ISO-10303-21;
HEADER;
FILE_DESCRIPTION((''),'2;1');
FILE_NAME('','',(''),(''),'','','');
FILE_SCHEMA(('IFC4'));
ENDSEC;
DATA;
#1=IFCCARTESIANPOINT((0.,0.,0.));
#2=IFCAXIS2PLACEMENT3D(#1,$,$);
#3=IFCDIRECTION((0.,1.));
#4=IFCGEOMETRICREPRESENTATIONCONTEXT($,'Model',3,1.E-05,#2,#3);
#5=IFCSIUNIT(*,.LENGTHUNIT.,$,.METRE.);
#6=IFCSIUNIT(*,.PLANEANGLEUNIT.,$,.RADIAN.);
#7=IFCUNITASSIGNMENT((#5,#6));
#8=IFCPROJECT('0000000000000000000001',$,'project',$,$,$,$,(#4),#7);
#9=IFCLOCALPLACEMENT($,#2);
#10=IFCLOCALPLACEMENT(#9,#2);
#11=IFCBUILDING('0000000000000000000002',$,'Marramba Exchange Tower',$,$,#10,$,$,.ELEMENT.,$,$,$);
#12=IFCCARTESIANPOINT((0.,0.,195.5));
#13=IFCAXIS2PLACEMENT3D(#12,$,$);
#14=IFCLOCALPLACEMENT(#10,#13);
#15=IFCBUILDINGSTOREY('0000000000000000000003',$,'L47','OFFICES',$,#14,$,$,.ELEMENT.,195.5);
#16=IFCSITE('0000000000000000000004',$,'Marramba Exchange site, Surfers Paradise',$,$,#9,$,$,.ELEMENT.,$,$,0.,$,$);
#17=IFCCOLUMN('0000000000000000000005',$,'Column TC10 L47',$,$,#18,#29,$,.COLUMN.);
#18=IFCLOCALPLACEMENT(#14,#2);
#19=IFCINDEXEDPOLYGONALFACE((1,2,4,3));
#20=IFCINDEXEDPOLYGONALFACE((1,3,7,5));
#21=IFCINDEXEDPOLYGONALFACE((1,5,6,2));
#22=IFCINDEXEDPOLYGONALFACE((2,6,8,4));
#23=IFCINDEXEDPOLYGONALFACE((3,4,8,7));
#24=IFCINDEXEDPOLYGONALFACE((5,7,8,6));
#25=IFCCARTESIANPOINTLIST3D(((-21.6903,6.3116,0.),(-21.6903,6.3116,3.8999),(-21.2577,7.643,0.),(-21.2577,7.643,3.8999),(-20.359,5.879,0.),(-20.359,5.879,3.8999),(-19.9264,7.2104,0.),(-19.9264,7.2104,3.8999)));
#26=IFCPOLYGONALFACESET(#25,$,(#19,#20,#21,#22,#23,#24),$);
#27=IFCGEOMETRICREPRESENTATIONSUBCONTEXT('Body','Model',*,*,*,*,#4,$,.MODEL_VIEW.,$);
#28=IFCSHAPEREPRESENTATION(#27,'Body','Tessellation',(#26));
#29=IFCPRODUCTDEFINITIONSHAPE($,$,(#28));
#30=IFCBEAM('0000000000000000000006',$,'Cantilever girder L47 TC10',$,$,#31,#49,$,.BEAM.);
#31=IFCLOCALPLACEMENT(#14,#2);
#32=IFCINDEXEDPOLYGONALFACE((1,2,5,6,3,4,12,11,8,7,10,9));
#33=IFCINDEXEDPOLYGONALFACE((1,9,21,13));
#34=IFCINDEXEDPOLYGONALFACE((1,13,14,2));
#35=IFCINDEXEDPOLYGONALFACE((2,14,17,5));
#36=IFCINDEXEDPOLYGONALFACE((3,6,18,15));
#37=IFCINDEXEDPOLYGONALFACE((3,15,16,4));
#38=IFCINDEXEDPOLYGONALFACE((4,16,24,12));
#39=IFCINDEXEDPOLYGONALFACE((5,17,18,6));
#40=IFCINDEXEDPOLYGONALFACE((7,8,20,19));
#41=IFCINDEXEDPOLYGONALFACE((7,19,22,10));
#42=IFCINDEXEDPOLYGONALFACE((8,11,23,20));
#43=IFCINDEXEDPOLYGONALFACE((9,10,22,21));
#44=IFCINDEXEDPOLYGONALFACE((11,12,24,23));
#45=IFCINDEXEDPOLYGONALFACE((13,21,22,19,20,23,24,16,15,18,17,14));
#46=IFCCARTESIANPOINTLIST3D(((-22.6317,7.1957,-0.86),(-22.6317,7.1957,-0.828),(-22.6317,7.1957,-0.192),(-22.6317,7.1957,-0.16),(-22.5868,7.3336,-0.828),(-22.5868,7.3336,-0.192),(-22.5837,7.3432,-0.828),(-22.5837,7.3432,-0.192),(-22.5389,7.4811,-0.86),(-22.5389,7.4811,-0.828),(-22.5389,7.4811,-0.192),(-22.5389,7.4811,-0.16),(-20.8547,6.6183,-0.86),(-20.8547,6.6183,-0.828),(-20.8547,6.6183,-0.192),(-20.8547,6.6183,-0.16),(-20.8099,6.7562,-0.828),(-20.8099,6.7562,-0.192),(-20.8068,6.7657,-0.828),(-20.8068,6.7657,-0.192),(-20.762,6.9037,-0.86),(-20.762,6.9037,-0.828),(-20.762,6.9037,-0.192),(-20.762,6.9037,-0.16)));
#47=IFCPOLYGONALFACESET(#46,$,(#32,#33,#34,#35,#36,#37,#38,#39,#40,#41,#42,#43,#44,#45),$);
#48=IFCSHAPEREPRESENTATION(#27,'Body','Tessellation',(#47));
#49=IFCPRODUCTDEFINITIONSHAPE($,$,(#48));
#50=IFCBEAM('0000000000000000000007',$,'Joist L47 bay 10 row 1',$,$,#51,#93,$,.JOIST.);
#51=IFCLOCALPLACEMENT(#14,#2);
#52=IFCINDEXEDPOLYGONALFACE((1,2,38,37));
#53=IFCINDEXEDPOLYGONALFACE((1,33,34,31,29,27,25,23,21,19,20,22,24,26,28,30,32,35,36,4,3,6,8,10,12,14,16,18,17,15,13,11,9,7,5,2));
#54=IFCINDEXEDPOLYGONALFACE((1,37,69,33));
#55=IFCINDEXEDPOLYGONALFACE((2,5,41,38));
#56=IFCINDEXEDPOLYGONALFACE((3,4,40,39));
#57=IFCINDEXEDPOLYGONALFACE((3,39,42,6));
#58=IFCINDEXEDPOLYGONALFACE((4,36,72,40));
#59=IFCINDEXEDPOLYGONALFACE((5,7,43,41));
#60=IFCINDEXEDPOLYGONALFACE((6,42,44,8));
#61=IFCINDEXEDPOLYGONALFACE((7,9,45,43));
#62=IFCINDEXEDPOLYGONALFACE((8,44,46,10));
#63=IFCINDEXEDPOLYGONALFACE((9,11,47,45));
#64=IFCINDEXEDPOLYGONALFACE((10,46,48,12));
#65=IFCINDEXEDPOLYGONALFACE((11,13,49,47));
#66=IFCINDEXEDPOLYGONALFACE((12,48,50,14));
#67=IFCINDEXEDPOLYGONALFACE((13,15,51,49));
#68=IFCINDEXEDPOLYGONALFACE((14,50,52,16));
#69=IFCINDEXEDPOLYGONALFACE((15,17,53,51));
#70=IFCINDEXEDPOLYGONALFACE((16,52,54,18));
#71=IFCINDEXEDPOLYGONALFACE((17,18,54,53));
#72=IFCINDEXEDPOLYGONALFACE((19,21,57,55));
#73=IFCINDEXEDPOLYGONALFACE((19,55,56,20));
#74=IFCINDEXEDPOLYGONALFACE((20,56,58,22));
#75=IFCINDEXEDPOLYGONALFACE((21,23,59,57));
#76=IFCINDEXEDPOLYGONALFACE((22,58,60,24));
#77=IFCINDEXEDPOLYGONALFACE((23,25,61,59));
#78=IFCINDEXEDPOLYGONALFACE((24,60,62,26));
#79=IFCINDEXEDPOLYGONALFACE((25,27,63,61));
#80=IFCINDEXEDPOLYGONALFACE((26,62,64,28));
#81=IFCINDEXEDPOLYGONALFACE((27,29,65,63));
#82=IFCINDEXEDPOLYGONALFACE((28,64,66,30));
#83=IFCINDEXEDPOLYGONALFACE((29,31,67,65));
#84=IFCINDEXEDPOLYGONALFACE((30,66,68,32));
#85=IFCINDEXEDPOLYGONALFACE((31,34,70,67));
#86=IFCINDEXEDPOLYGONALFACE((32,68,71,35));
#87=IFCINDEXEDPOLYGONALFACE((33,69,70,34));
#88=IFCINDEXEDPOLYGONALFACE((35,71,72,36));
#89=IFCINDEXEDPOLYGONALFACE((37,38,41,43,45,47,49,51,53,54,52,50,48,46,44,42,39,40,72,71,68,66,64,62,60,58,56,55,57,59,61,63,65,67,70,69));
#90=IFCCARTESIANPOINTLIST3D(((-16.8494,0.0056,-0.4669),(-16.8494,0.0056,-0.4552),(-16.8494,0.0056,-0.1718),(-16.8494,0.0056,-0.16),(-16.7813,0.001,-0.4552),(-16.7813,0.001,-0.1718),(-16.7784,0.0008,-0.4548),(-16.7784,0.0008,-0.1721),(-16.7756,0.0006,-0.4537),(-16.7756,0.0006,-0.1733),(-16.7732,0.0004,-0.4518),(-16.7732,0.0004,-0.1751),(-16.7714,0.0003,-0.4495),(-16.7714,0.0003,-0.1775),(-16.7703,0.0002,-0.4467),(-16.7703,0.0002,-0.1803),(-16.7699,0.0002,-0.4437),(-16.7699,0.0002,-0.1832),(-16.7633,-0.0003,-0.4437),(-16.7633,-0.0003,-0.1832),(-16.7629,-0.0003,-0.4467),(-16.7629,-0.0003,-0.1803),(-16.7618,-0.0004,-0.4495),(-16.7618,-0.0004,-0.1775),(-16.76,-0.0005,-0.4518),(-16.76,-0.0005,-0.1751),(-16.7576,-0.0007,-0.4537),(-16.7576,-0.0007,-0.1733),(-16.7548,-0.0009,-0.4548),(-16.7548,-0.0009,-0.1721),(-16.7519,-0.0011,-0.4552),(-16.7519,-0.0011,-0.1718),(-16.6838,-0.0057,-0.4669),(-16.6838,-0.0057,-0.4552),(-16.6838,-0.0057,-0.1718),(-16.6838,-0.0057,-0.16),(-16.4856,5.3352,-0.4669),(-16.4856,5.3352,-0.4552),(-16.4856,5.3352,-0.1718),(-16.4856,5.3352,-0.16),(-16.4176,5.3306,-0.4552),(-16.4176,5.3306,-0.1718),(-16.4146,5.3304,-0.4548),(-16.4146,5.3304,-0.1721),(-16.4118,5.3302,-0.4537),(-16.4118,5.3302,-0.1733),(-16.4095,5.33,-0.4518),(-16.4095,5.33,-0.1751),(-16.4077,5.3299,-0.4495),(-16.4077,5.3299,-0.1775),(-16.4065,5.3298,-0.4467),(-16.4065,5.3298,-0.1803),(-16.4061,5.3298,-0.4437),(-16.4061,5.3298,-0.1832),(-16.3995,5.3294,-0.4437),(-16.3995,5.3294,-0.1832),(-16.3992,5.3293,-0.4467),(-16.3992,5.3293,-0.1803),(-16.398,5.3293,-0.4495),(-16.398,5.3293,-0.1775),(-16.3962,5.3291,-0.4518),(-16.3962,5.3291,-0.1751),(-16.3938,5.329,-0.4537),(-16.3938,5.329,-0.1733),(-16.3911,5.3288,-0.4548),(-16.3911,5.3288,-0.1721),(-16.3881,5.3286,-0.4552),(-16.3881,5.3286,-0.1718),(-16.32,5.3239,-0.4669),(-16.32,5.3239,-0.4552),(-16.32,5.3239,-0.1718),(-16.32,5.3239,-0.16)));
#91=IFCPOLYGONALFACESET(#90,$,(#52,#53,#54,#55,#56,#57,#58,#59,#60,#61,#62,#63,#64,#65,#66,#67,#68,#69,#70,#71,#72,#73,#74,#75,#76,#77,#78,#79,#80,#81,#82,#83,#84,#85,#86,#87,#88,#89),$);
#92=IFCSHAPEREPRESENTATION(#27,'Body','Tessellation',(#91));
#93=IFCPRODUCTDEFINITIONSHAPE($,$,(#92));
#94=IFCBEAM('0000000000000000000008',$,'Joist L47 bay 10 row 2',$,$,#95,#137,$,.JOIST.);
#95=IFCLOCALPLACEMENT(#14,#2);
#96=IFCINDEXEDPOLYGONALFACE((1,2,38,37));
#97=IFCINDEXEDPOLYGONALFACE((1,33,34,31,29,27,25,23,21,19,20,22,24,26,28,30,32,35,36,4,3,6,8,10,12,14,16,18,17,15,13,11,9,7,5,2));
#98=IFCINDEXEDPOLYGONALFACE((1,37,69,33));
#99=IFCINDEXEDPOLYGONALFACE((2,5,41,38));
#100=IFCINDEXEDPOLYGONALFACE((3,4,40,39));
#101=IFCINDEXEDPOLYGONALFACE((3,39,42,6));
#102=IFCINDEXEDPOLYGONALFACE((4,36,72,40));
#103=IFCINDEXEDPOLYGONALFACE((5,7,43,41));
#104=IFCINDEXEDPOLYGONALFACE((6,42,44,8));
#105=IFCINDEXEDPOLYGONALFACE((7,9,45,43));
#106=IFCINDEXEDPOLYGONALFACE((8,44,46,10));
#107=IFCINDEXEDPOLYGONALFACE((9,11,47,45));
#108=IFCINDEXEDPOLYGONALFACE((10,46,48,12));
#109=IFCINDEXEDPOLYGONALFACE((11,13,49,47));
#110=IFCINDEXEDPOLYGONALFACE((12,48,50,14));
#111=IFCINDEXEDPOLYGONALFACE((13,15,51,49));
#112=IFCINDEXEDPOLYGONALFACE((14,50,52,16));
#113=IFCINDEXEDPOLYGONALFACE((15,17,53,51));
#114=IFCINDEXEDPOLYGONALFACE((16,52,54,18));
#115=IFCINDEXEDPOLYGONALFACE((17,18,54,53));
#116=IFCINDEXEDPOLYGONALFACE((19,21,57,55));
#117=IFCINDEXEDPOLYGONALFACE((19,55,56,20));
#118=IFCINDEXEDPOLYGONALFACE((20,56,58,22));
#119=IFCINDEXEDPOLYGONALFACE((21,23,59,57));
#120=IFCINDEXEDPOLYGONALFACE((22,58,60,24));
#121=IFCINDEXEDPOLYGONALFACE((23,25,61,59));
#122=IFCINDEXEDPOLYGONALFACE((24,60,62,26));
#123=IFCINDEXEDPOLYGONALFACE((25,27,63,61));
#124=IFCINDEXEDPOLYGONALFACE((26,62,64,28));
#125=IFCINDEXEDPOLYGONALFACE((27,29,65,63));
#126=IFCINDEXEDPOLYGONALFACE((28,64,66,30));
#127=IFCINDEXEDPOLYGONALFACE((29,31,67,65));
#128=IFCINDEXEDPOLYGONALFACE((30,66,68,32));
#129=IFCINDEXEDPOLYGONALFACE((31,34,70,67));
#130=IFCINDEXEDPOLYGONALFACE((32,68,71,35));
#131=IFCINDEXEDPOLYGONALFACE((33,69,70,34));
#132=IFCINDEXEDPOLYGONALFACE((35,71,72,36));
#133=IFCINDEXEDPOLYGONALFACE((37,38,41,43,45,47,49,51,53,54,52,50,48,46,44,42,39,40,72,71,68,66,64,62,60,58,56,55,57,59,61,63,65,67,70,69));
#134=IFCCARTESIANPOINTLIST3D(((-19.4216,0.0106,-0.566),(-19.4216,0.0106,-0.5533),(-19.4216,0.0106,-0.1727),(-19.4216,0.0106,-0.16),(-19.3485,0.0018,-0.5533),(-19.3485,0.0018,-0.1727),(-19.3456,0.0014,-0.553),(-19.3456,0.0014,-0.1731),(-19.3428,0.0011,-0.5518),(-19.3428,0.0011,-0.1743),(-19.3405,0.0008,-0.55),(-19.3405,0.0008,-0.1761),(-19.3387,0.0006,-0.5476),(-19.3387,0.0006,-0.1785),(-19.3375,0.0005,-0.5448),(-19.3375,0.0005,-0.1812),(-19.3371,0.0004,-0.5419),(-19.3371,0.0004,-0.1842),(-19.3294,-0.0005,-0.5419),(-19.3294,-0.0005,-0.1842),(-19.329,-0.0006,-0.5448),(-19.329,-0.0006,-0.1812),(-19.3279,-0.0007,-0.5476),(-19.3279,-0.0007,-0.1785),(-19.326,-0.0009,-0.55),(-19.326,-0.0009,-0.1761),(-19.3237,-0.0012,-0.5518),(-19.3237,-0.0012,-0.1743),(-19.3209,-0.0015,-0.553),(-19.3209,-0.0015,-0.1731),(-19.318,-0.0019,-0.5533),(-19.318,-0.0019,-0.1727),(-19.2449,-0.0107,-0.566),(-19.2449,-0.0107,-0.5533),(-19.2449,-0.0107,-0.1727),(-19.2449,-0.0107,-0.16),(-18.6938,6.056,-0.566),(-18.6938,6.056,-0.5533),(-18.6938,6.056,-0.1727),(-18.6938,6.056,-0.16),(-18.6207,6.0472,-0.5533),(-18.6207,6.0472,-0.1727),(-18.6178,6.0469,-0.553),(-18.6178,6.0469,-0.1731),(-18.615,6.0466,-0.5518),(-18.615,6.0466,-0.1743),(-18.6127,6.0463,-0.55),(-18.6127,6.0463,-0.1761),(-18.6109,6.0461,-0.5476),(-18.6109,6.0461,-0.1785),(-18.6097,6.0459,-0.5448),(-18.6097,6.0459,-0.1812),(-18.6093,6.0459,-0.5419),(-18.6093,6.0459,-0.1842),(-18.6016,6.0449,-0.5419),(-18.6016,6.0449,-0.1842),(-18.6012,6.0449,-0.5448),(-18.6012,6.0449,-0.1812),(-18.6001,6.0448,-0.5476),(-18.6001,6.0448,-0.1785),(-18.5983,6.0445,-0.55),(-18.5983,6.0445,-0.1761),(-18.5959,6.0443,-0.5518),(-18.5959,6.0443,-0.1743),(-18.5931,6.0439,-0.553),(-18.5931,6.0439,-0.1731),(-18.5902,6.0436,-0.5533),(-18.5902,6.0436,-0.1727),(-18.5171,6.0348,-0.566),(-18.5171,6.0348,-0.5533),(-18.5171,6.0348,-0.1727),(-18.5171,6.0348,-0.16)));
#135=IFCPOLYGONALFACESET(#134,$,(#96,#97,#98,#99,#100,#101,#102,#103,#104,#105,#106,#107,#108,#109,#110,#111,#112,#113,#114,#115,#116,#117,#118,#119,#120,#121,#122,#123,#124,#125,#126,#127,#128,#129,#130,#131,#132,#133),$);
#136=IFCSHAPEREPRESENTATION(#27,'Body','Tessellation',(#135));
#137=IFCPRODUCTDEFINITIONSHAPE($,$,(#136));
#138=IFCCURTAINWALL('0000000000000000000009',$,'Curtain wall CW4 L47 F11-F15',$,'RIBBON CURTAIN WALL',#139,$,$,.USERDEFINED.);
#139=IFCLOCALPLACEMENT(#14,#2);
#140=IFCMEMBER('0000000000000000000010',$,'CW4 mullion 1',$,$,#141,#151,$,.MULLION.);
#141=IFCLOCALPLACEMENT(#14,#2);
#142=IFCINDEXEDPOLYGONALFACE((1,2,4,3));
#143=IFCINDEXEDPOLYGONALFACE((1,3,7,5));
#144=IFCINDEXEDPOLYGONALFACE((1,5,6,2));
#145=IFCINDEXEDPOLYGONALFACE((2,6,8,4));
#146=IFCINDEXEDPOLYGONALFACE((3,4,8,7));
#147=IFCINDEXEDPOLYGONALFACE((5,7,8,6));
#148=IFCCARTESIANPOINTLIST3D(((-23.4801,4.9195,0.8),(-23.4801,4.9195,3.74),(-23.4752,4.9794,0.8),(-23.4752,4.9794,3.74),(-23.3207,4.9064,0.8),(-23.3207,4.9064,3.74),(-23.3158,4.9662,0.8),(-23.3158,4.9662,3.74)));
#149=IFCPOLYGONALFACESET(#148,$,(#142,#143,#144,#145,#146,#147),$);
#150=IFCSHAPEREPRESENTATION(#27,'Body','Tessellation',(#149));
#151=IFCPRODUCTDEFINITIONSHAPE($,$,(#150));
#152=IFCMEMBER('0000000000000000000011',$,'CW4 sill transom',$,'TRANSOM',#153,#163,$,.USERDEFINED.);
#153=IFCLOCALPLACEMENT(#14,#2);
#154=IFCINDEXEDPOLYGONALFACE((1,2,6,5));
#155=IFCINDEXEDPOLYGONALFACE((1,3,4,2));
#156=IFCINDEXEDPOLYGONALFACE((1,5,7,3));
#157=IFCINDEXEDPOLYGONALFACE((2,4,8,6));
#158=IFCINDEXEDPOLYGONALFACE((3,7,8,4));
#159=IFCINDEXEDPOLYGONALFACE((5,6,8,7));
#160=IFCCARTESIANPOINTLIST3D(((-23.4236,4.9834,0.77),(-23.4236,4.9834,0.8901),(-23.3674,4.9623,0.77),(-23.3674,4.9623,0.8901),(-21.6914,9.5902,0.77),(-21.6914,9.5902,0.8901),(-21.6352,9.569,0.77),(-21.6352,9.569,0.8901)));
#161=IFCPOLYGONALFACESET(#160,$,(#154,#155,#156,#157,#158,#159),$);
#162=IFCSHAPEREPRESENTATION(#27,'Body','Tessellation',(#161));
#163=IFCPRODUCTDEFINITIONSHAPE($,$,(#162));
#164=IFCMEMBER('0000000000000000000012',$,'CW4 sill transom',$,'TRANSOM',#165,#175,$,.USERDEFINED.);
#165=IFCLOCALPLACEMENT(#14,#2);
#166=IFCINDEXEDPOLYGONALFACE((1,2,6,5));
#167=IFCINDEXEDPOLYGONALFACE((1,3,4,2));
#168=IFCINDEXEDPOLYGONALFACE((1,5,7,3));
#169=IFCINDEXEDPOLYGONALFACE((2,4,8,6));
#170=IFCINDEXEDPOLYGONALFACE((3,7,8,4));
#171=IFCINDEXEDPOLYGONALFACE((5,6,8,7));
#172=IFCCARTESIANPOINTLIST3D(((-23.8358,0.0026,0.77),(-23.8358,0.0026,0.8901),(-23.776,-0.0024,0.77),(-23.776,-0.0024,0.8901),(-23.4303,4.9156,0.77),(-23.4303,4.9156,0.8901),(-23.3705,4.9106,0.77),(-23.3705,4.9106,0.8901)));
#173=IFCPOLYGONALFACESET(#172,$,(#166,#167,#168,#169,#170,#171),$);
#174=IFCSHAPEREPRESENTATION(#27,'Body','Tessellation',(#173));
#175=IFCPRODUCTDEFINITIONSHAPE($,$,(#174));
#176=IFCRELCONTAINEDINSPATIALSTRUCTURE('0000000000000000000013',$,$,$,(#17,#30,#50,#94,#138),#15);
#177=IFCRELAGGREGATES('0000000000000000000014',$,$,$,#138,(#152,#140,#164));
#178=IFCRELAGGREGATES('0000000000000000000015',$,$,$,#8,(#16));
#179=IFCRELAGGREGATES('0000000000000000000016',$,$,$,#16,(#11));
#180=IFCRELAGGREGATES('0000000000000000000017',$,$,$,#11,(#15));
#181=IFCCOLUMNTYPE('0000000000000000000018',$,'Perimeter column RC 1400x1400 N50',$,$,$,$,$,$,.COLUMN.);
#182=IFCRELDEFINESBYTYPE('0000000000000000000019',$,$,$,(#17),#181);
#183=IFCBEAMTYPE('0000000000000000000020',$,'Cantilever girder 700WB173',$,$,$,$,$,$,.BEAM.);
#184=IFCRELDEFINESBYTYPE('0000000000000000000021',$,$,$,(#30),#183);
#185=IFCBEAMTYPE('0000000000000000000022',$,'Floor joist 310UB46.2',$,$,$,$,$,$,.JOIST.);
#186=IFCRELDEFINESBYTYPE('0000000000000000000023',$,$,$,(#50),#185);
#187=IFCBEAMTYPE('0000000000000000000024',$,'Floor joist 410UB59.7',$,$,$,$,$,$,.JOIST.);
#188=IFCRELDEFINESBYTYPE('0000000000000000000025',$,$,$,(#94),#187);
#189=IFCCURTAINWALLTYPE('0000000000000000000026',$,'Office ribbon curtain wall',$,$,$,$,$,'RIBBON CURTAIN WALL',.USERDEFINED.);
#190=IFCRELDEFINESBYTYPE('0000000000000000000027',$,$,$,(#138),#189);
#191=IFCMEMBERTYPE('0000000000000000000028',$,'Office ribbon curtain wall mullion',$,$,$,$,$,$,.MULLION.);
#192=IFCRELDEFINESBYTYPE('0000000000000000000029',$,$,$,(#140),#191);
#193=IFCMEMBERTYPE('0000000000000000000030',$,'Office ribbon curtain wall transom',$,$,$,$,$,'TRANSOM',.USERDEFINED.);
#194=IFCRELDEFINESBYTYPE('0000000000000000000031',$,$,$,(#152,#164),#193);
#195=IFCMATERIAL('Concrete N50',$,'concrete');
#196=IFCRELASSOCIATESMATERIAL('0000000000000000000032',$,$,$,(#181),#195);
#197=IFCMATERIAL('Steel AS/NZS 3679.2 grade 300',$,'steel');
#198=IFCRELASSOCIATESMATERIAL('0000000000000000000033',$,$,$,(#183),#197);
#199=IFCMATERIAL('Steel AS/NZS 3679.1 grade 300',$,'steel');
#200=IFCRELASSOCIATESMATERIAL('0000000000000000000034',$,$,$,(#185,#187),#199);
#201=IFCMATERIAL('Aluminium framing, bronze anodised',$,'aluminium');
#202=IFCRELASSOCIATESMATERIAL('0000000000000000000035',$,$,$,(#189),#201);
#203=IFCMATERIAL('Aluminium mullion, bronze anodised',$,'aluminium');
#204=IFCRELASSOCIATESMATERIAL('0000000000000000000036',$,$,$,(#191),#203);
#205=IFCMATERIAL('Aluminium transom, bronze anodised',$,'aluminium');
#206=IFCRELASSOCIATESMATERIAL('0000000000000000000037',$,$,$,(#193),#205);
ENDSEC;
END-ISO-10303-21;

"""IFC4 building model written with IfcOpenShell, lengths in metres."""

from ifc_helpers import new_model, si_unit, direction, frame, origin, origin_2d, place, context, subcontext, project, spatial, rectangle, i_section, extrude, material, material_profile, profile_set, type_object, element, aggregate, save


model = new_model("IFC4")

# Units and contexts
model_context = context("Model", 3, precision=1e-05, world=origin(), true_north=direction((0.0, 1.0)))
body_context = subcontext(model_context, "Body", "Model", "MODEL_VIEW")
ifc_project = project(units=[si_unit("LENGTHUNIT", "METRE"), si_unit("PLANEANGLEUNIT", "RADIAN")], contexts=[model_context])

# Site, building, storey
site_placement = place(None, origin())
site = spatial("IfcSite", under=ifc_project, at=site_placement, Name="Marramba Exchange site, Surfers Paradise", CompositionType="ELEMENT", RefElevation=0.0)
building_placement = place(site_placement, origin())
building = spatial("IfcBuilding", under=site, at=building_placement, Name="Marramba Exchange Tower", CompositionType="ELEMENT")
storey_placement = place(building_placement, frame((0.0, 0.0, 195.5)))
storey = spatial("IfcBuildingStorey", under=building, at=storey_placement, Name="L47", Description="OFFICES", CompositionType="ELEMENT", Elevation=195.5)

# Column
ifc_material_1 = material(Name="Concrete N50", Category="concrete")
ifc_material_profile_1 = material_profile(ifc_material_1, rectangle(XDim=1.3999, YDim=1.3999, at=origin_2d()), Name="RC 1400x1400")
ifc_profile_set_1 = profile_set([ifc_material_profile_1], Name="Concrete N50")
column_type = type_object("IfcColumnType", Name="Perimeter column RC 1400x1400 N50", PredefinedType="COLUMN", material=ifc_profile_set_1)
column_placement = place(storey_placement, frame((-20.8083, 6.761, 0.0), z_axis=(0.0, 0.0, 1.0), x_axis=(-0.951057, 0.309017, 0.0)))
element("IfcColumn", 1, at=column_placement, inside=storey, type_object=column_type, Name="Column TC10 L47", PredefinedType="COLUMN", context=body_context, shape_type="SweptSolid", body=[
    extrude(rectangle(XDim=1.3999, YDim=1.3999, at=origin_2d()), origin(), (0.0, 0.0, 1.0), 3.8999),
])

# Beams
ifc_material_2 = material(Name="Steel AS/NZS 3679.2 grade 300", Category="steel")
ifc_material_profile_2 = material_profile(ifc_material_2, i_section(OverallWidth=0.3, OverallDepth=0.7, WebThickness=0.01, FlangeThickness=0.032, at=origin_2d()), Name="700WB173")
ifc_profile_set_2 = profile_set([ifc_material_profile_2], Name="Steel AS/NZS 3679.2 grade 300")
beam_type_1 = type_object("IfcBeamType", Name="Cantilever girder 700WB173", PredefinedType="BEAM", material=ifc_profile_set_2)
beam_1_placement = place(storey_placement, frame((-20.8083, 6.761, -0.51), z_axis=(-0.951048, 0.309045, 0.0), x_axis=(-0.309045, -0.951048, 0.0)))
element("IfcBeam", 2, at=beam_1_placement, inside=storey, type_object=beam_type_1, Name="Cantilever girder L47 TC10", PredefinedType="BEAM", context=body_context, shape_type="SweptSolid", body=[
    extrude(i_section(OverallWidth=0.3, OverallDepth=0.7, WebThickness=0.01, FlangeThickness=0.032, at=origin_2d()), origin(), (0.0, 0.0, 1.0), 1.8684),
])
ifc_material_3 = material(Name="Steel AS/NZS 3679.1 grade 300", Category="steel")
ifc_material_profile_3 = material_profile(ifc_material_3, i_section(OverallWidth=0.166, OverallDepth=0.3069, WebThickness=0.0066, FlangeThickness=0.0117, FilletRadius=0.0115, at=origin_2d()), Name="310UB46.2")
ifc_profile_set_3 = profile_set([ifc_material_profile_3], Name="Steel AS/NZS 3679.1 grade 300")
beam_type_2 = type_object("IfcBeamType", Name="Floor joist 310UB46.2", PredefinedType="JOIST", material=ifc_profile_set_3)
beam_2_placement = place(storey_placement, frame((-16.4028, 5.3296, -0.3135), z_axis=(-0.068096, -0.997679, 0.0), x_axis=(0.997679, -0.068096, 0.0)))
element("IfcBeam", 3, at=beam_2_placement, inside=storey, type_object=beam_type_2, Name="Joist L47 bay 10 row 1", PredefinedType="JOIST", context=body_context, shape_type="SweptSolid", body=[
    extrude(i_section(OverallWidth=0.166, OverallDepth=0.3069, WebThickness=0.0066, FlangeThickness=0.0117, FilletRadius=0.0115, at=origin_2d()), origin(), (0.0, 0.0, 1.0), 5.342),
])
ifc_material_profile_4 = material_profile(ifc_material_3, i_section(OverallWidth=0.178, OverallDepth=0.406, WebThickness=0.0078, FlangeThickness=0.0127, FilletRadius=0.0115, at=origin_2d()), Name="410UB59.7")
ifc_profile_set_4 = profile_set([ifc_material_profile_4], Name="Steel AS/NZS 3679.1 grade 300")
beam_type_3 = type_object("IfcBeamType", Name="Floor joist 410UB59.7", PredefinedType="JOIST", material=ifc_profile_set_4)
beam_3_placement = place(storey_placement, frame((-18.6055, 6.0454, -0.363), z_axis=(-0.119523, -0.992831, 0.0), x_axis=(0.992831, -0.119523, 0.0)))
element("IfcBeam", 4, at=beam_3_placement, inside=storey, type_object=beam_type_3, Name="Joist L47 bay 10 row 2", PredefinedType="JOIST", context=body_context, shape_type="SweptSolid", body=[
    extrude(i_section(OverallWidth=0.178, OverallDepth=0.406, WebThickness=0.0078, FlangeThickness=0.0127, FilletRadius=0.0115, at=origin_2d()), origin(), (0.0, 0.0, 1.0), 6.0891),
])

# Curtain wall, members
ifc_material_4 = material(Name="Aluminium framing, bronze anodised", Category="aluminium")
curtain_wall_type = type_object("IfcCurtainWallType", Name="Office ribbon curtain wall", ElementType="RIBBON CURTAIN WALL", PredefinedType="USERDEFINED", material=ifc_material_4)
curtain_wall_placement = place(storey_placement, origin())
curtain_wall = element("IfcCurtainWall", 5, at=curtain_wall_placement, inside=storey, type_object=curtain_wall_type, Name="Curtain wall CW4 L47 F11-F15", ObjectType="RIBBON CURTAIN WALL", PredefinedType="USERDEFINED")
ifc_material_5 = material(Name="Aluminium mullion, bronze anodised", Category="aluminium")
ifc_material_profile_5 = material_profile(ifc_material_5, rectangle(XDim=0.1599, YDim=0.0601, at=origin_2d()), Name="CW4 mullion 60x160")
ifc_profile_set_5 = profile_set([ifc_material_profile_5], Name="Aluminium mullion, bronze anodised")
member_type_1 = type_object("IfcMemberType", Name="Office ribbon curtain wall mullion", PredefinedType="MULLION", material=ifc_profile_set_5)
member_1_placement = place(storey_placement, frame((-23.3979, 4.9429, 0.8), z_axis=(0.0, 0.0, 1.0), x_axis=(0.996609, -0.082281, 0.0)))
member_1 = element("IfcMember", 6, at=member_1_placement, type_object=member_type_1, Name="CW4 mullion 1", PredefinedType="MULLION", context=body_context, shape_type="SweptSolid", body=[
    extrude(rectangle(XDim=0.1599, YDim=0.0601, at=origin_2d()), origin(), (0.0, 0.0, 1.0), 2.9399),
])
ifc_material_6 = material(Name="Aluminium transom, bronze anodised", Category="aluminium")
ifc_material_profile_6 = material_profile(ifc_material_6, rectangle(XDim=0.0601, YDim=0.1201, at=origin_2d()), Name="CW4 transom 60x120")
ifc_profile_set_6 = profile_set([ifc_material_profile_6], Name="Aluminium transom, bronze anodised")
member_type_2 = type_object("IfcMemberType", Name="Office ribbon curtain wall transom", ElementType="TRANSOM", PredefinedType="USERDEFINED", material=ifc_profile_set_6)
member_2_placement = place(storey_placement, frame((-21.6633, 9.5796, 0.8301), z_axis=(-0.351955, -0.936017, 0.0), x_axis=(0.936017, -0.351955, 0.0)))
member_2 = element("IfcMember", 7, at=member_2_placement, type_object=member_type_2, Name="CW4 sill transom", ObjectType="TRANSOM", PredefinedType="USERDEFINED", context=body_context, shape_type="SweptSolid", body=[
    extrude(rectangle(XDim=0.0601, YDim=0.1201, at=origin_2d()), origin(), (0.0, 0.0, 1.0), 4.9216),
])
member_3_placement = place(storey_placement, frame((-23.4004, 4.9131, 0.8301), z_axis=(-0.082259, -0.996611, 0.0), x_axis=(0.996611, -0.082259, 0.0)))
member_3 = element("IfcMember", 8, at=member_3_placement, type_object=member_type_2, Name="CW4 sill transom", ObjectType="TRANSOM", PredefinedType="USERDEFINED", context=body_context, shape_type="SweptSolid", body=[
    extrude(rectangle(XDim=0.0601, YDim=0.1201, at=origin_2d()), origin(), (0.0, 0.0, 1.0), 4.9297),
])

aggregate(curtain_wall, [member_2, member_1, member_3])

save(model, "model.ifc")
